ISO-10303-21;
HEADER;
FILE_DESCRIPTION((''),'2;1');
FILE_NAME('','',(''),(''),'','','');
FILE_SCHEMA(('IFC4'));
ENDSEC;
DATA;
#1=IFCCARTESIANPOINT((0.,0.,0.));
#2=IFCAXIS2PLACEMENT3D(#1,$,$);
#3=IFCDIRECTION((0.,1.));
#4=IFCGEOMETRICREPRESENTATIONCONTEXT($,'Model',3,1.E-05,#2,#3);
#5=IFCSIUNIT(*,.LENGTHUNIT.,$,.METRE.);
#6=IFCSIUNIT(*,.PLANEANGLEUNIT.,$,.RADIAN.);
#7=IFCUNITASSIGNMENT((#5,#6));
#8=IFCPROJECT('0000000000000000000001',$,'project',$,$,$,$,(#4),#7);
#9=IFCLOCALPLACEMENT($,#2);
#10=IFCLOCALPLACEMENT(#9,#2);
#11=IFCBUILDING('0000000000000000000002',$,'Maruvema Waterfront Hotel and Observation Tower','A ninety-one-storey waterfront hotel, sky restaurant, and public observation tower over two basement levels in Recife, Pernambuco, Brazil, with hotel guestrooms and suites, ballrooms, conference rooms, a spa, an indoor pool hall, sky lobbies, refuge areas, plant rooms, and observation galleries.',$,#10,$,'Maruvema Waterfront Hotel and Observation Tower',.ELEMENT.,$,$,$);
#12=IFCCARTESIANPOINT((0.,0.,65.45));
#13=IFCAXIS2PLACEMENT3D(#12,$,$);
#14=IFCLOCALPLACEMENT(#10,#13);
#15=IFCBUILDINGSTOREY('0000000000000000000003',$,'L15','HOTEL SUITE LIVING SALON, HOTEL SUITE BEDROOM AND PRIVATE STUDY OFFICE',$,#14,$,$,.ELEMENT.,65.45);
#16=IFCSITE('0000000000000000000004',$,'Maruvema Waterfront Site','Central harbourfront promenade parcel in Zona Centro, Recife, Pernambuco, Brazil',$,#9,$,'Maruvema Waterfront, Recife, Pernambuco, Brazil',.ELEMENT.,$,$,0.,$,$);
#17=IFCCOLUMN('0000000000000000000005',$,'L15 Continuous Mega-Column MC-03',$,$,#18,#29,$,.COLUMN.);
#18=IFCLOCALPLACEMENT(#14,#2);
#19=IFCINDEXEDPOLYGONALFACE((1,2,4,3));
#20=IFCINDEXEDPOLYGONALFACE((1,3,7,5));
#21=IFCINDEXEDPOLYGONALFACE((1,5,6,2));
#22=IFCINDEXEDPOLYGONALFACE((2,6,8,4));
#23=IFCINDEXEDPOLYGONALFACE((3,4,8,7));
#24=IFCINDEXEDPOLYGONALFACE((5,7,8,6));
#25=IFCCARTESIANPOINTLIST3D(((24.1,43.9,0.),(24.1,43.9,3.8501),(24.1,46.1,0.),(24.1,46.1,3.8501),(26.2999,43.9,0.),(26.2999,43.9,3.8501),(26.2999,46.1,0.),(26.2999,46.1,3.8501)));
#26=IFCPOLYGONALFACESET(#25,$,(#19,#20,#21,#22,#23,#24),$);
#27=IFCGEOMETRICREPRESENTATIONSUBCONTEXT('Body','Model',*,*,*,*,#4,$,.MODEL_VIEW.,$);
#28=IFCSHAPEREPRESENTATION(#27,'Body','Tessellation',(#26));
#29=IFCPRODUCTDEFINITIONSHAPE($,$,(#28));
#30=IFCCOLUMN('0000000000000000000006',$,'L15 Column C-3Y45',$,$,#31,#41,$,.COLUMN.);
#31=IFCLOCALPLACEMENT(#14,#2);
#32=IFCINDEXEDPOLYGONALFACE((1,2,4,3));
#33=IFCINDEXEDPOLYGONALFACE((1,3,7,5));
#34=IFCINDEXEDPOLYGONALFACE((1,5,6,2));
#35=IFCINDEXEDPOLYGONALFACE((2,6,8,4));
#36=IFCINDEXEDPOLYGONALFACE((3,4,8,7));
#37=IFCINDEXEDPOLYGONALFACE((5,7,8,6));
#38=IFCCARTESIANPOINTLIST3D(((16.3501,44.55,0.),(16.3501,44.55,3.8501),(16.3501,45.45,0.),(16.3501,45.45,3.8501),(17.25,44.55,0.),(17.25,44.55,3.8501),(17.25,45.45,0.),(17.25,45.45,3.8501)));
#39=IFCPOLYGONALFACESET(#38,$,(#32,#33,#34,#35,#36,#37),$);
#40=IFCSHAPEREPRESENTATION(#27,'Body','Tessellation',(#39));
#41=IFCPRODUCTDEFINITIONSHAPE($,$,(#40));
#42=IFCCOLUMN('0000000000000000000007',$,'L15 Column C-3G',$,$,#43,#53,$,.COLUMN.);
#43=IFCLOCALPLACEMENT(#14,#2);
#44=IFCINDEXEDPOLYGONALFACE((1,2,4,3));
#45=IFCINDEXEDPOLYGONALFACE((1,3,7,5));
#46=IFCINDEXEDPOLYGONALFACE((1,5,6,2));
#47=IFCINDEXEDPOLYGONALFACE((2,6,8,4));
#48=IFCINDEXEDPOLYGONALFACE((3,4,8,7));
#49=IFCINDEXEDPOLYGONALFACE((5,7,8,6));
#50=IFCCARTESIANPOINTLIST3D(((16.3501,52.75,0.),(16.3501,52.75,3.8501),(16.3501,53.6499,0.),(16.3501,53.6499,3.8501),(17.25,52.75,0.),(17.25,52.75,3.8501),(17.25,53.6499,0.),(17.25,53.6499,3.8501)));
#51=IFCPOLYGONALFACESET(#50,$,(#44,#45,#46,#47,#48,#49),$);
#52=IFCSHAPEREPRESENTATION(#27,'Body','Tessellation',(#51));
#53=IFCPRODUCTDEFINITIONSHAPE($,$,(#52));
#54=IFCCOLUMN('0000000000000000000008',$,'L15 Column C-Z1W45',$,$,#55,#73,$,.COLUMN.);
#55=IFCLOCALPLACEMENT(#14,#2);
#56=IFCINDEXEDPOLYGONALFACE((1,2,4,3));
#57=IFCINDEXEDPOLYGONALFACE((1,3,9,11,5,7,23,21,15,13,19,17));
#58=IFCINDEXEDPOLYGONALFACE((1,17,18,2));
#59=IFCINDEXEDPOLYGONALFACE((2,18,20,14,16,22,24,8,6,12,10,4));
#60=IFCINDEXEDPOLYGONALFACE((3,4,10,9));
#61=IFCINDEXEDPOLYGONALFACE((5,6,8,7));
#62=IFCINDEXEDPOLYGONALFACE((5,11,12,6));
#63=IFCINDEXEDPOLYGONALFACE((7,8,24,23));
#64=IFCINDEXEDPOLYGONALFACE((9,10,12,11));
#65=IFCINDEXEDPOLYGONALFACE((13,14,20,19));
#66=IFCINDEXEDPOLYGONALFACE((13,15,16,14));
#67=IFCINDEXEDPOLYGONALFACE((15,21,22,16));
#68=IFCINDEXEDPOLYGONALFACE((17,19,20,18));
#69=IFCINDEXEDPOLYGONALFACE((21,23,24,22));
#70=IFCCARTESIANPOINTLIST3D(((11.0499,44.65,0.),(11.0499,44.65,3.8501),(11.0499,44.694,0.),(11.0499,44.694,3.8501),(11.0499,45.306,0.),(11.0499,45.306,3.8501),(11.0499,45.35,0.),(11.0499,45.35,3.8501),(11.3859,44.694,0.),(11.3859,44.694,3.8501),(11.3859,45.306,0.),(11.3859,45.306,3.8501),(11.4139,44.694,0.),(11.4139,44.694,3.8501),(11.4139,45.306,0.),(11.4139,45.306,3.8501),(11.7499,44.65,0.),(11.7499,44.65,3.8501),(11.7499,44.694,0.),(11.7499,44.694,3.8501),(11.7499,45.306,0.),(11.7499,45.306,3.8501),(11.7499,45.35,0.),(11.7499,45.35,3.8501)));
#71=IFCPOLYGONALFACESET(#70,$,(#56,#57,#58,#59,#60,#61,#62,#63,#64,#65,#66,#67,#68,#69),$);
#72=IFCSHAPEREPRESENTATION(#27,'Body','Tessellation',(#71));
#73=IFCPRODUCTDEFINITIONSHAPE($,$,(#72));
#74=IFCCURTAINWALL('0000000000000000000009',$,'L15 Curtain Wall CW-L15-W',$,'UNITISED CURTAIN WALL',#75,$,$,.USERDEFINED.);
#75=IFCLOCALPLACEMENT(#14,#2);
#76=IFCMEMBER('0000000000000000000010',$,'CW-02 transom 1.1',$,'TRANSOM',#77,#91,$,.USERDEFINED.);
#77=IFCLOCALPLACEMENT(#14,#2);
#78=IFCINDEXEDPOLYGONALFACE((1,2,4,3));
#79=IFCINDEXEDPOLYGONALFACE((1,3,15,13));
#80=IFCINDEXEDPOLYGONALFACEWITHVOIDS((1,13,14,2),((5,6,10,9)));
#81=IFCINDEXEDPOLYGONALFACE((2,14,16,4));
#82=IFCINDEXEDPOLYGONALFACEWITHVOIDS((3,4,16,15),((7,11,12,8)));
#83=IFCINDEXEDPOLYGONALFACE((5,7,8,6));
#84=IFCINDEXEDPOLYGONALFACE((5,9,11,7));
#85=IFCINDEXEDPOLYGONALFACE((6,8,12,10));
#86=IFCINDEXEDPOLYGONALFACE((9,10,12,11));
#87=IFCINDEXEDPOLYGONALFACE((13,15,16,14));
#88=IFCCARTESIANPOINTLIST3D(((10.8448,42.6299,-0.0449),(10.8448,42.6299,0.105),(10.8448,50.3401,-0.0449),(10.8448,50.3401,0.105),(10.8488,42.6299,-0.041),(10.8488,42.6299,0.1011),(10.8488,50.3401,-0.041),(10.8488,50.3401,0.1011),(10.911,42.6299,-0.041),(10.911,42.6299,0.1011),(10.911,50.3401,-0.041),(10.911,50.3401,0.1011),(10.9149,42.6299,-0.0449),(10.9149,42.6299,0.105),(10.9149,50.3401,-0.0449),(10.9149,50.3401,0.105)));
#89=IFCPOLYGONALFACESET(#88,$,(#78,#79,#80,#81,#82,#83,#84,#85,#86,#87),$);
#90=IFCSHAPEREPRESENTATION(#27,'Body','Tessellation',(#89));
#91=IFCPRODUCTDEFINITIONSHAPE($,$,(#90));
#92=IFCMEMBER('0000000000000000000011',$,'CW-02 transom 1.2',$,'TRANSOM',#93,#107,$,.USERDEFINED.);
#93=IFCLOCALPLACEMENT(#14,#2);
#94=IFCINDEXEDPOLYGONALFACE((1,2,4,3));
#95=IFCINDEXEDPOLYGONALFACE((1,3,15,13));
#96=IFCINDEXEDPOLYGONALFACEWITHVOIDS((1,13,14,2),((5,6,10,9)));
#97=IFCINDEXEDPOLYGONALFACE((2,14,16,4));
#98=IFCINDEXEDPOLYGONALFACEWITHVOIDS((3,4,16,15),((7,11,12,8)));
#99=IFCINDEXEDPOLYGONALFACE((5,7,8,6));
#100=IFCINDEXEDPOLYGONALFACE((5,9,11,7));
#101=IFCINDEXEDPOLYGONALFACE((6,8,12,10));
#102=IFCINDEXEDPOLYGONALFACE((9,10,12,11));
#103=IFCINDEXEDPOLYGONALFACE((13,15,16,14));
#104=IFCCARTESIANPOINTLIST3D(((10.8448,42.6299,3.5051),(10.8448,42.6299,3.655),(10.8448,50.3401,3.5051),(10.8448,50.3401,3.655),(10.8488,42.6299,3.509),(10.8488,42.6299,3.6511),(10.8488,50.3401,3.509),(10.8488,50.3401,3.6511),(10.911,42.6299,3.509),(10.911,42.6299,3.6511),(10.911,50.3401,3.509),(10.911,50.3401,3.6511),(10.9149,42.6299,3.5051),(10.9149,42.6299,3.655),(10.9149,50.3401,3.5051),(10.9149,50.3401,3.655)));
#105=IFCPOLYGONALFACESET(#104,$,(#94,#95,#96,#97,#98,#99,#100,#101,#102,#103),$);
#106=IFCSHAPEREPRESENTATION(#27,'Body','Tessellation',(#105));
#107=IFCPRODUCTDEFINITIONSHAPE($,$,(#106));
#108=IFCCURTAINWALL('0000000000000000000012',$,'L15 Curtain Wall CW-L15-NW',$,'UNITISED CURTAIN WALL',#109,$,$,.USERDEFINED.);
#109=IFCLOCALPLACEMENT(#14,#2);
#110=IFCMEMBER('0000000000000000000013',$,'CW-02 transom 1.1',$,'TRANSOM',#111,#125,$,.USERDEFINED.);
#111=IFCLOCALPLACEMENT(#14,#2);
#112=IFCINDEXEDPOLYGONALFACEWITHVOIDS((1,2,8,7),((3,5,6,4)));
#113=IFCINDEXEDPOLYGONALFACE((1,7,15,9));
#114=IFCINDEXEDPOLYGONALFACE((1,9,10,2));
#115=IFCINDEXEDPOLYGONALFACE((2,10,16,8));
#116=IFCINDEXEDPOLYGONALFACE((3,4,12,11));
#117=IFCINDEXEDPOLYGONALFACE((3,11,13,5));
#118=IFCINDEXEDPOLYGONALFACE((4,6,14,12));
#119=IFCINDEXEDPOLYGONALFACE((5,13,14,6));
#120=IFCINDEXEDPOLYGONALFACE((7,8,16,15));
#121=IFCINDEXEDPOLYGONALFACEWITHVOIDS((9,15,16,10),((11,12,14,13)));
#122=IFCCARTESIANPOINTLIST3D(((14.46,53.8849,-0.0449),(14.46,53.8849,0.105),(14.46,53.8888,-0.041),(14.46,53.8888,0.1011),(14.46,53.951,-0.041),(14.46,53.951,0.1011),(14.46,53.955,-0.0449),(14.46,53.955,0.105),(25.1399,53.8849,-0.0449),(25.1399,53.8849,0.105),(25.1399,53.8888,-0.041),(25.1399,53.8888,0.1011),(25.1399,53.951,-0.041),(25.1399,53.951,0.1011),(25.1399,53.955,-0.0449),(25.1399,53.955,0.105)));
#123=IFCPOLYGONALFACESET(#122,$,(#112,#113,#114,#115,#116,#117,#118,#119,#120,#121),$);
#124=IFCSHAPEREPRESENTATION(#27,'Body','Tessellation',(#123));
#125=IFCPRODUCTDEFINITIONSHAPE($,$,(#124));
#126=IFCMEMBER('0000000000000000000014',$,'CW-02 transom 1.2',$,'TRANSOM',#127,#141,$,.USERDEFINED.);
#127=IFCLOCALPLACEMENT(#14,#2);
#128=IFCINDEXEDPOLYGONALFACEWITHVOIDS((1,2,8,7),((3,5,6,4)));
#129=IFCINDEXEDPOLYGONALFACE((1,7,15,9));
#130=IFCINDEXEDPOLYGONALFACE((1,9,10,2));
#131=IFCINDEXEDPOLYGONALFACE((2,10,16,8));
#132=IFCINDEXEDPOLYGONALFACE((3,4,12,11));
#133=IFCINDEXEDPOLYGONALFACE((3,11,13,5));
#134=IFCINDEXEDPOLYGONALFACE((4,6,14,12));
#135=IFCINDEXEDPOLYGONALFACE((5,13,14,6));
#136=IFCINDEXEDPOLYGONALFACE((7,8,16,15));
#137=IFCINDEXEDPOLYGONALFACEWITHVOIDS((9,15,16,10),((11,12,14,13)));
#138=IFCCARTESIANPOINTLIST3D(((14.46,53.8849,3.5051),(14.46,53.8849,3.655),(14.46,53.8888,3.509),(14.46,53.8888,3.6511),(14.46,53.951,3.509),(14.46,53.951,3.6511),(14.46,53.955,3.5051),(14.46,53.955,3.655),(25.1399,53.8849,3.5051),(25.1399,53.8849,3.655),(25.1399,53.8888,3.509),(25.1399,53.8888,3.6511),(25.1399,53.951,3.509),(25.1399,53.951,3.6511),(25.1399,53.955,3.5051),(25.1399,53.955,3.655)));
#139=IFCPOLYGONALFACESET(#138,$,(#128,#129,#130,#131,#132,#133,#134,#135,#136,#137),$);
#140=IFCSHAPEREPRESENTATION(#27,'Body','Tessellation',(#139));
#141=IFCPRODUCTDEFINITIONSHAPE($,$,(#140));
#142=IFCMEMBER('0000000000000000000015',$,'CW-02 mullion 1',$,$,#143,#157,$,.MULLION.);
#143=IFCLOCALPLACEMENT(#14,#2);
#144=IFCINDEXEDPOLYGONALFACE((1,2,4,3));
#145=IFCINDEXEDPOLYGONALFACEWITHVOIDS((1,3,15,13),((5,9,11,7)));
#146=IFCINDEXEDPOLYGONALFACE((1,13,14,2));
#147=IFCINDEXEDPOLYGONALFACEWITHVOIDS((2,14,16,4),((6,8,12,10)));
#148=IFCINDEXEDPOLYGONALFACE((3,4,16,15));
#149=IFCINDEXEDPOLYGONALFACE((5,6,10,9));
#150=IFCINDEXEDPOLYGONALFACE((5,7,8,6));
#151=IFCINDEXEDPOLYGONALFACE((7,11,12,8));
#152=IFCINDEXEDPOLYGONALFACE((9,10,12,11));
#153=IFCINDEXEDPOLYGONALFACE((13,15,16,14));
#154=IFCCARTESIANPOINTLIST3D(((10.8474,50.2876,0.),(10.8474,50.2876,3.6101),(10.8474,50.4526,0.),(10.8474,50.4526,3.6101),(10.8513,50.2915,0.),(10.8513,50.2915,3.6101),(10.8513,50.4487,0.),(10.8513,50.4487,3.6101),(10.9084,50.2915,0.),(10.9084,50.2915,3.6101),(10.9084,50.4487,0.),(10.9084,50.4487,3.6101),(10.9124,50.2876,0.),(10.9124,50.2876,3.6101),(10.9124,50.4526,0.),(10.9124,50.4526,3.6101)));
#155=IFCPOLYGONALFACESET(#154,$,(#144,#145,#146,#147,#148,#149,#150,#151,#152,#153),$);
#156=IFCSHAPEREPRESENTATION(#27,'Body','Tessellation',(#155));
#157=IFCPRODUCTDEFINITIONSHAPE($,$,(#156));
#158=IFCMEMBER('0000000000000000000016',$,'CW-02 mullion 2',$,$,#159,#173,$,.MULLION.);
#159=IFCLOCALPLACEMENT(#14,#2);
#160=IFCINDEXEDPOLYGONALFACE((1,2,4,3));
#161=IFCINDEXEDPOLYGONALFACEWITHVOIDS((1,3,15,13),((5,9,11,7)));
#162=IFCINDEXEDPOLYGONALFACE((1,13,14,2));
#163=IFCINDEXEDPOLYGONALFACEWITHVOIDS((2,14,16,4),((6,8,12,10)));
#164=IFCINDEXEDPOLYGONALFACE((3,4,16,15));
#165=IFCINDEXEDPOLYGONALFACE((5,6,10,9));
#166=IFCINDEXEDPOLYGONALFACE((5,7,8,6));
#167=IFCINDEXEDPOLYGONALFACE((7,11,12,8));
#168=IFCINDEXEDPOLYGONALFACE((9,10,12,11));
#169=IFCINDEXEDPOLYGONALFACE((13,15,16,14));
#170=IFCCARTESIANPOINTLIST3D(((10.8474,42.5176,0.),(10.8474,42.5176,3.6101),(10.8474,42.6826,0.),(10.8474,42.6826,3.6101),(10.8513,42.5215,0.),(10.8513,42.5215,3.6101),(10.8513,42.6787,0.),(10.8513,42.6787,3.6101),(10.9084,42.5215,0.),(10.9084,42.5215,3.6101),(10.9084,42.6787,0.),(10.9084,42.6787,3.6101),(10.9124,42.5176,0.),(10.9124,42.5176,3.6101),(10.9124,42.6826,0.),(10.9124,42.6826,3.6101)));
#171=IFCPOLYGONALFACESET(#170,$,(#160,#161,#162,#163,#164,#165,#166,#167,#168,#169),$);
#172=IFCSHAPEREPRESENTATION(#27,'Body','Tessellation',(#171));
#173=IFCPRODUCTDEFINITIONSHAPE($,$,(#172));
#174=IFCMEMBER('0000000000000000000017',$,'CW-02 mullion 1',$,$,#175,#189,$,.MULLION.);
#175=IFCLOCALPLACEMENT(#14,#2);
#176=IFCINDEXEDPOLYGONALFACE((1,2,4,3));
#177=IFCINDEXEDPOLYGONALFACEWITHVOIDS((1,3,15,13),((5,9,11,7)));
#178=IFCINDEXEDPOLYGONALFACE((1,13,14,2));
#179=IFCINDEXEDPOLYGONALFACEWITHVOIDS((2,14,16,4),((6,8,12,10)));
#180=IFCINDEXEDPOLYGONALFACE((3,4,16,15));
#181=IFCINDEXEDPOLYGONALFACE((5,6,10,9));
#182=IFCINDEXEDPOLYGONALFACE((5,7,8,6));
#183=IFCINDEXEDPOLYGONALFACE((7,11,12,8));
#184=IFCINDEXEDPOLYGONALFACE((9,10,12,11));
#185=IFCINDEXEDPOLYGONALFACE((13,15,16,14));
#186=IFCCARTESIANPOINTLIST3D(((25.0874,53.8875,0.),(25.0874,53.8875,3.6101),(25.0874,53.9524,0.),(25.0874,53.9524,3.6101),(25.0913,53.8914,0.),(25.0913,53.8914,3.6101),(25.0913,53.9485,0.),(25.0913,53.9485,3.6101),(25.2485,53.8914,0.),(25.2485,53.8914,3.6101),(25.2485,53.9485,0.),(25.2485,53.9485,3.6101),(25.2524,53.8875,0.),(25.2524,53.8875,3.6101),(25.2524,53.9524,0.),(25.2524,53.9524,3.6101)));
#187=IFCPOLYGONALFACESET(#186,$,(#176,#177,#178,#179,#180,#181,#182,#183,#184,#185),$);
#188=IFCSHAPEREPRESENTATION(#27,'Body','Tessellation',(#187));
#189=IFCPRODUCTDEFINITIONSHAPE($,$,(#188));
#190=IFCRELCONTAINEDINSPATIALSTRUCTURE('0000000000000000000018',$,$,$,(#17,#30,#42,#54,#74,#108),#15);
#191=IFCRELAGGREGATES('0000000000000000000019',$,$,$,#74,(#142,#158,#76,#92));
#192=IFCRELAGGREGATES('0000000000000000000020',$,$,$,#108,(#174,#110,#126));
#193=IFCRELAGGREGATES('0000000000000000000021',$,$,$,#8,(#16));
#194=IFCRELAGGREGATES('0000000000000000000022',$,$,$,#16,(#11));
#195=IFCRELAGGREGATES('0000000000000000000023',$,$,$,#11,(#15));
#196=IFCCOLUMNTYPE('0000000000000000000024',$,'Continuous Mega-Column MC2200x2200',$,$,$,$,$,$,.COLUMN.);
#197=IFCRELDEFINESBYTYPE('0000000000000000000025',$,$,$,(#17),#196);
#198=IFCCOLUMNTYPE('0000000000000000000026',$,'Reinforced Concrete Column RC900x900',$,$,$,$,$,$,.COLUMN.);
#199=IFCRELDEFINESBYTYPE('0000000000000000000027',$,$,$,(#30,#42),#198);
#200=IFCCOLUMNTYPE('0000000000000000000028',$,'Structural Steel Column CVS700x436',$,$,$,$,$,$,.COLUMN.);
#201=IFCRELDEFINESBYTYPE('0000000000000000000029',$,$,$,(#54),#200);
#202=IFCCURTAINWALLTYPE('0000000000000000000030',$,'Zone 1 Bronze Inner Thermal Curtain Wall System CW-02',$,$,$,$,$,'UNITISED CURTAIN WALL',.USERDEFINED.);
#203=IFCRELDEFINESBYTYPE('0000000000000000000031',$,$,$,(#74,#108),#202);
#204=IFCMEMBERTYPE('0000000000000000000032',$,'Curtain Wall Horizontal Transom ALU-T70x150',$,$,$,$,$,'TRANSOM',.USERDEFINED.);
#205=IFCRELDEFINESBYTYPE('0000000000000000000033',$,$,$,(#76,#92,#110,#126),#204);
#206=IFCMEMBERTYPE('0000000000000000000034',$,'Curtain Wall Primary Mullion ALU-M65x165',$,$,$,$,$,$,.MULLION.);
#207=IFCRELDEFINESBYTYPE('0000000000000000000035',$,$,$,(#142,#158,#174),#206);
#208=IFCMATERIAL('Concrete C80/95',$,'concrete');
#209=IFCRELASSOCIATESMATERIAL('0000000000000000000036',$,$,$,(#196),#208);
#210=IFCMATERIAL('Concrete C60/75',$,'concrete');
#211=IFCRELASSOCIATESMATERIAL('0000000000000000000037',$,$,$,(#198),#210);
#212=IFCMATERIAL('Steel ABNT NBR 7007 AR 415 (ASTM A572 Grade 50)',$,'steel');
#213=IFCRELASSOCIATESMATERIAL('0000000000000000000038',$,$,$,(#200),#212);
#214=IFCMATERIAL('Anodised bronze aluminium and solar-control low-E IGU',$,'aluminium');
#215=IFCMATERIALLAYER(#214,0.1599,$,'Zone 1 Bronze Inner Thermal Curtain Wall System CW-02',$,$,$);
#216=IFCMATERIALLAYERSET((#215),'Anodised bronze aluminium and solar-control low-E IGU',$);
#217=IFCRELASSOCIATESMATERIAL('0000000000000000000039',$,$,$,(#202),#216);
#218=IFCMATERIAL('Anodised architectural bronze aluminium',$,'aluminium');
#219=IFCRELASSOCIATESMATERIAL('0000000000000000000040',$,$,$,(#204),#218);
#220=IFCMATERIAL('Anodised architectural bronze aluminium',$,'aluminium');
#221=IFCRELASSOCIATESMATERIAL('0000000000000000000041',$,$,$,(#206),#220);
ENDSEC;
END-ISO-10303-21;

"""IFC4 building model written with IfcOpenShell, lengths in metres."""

from ifc_helpers import new_model, si_unit, direction, frame, origin, origin_2d, place, context, subcontext, project, spatial, rectangle, hollow_rectangle, i_section, extrude, material, layer, layer_set, material_profile, profile_set, type_object, element, aggregate, save


model = new_model("IFC4")

# Units and contexts
model_context = context("Model", 3, precision=1e-05, world=origin(), true_north=direction((0.0, 1.0)))
body_context = subcontext(model_context, "Body", "Model", "MODEL_VIEW")
ifc_project = project(units=[si_unit("LENGTHUNIT", "METRE"), si_unit("PLANEANGLEUNIT", "RADIAN")], contexts=[model_context])

# Site, building, storey
site_placement = place(None, origin())
site = spatial("IfcSite", under=ifc_project, at=site_placement, Name="Maruvema Waterfront Site", Description="Central harbourfront promenade parcel in Zona Centro, Recife, Pernambuco, Brazil", LongName="Maruvema Waterfront, Recife, Pernambuco, Brazil", CompositionType="ELEMENT", RefElevation=0.0)
building_placement = place(site_placement, origin())
building = spatial("IfcBuilding", under=site, at=building_placement, Name="Maruvema Waterfront Hotel and Observation Tower", Description="A ninety-one-storey waterfront hotel, sky restaurant, and public observation tower over two basement levels in Recife, Pernambuco, Brazil, with hotel guestrooms and suites, ballrooms, conference rooms, a spa, an indoor pool hall, sky lobbies, refuge areas, plant rooms, and observation galleries.", LongName="Maruvema Waterfront Hotel and Observation Tower", CompositionType="ELEMENT")
storey_placement = place(building_placement, frame((0.0, 0.0, 65.45)))
storey = spatial("IfcBuildingStorey", under=building, at=storey_placement, Name="L15", Description="HOTEL SUITE LIVING SALON, HOTEL SUITE BEDROOM AND PRIVATE STUDY OFFICE", CompositionType="ELEMENT", Elevation=65.45)

# Columns
ifc_material_1 = material(Name="Concrete C80/95", Category="concrete")
ifc_material_profile_1 = material_profile(ifc_material_1, rectangle(XDim=2.2, YDim=2.2, at=origin_2d()), Name="MC2200x2200")
ifc_profile_set_1 = profile_set([ifc_material_profile_1], Name="Concrete C80/95")
column_type_1 = type_object("IfcColumnType", Name="Continuous Mega-Column MC2200x2200", PredefinedType="COLUMN", material=ifc_profile_set_1)
column_1_placement = place(storey_placement, frame((25.2, 45.0, 0.0), z_axis=(0.0, 0.0, 1.0), x_axis=(1.0, 0.0, 0.0)))
element("IfcColumn", 1, at=column_1_placement, inside=storey, type_object=column_type_1, Name="L15 Continuous Mega-Column MC-03", PredefinedType="COLUMN", context=body_context, shape_type="SweptSolid", body=[
    extrude(rectangle(XDim=2.2, YDim=2.2, at=origin_2d()), origin(), (0.0, 0.0, 1.0), 3.8501),
])
ifc_material_2 = material(Name="Concrete C60/75", Category="concrete")
ifc_material_profile_2 = material_profile(ifc_material_2, rectangle(XDim=0.8999, YDim=0.8999, at=origin_2d()), Name="RC900x900")
ifc_profile_set_2 = profile_set([ifc_material_profile_2], Name="Concrete C60/75")
column_type_2 = type_object("IfcColumnType", Name="Reinforced Concrete Column RC900x900", PredefinedType="COLUMN", material=ifc_profile_set_2)
for number, where, z_axis, x_axis, name in (
    (2, (16.8, 45.0, 0.0), (0.0, 0.0, 1.0), (1.0, 0.0, 0.0), "L15 Column C-3Y45"),
    (3, (16.8, 53.2, 0.0), (0.0, 0.0, 1.0), (1.0, 0.0, 0.0), "L15 Column C-3G"),
):
    element("IfcColumn", number, at=place(storey_placement, frame(where, z_axis=z_axis, x_axis=x_axis)), inside=storey, type_object=column_type_2, Name=name, PredefinedType="COLUMN", context=body_context, shape_type="SweptSolid", body=[
        extrude(rectangle(XDim=0.8999, YDim=0.8999, at=origin_2d()), origin(), (0.0, 0.0, 1.0), 3.8501),
    ])
ifc_material_3 = material(Name="Steel ABNT NBR 7007 AR 415 (ASTM A572 Grade 50)", Category="steel")
ifc_material_profile_3 = material_profile(ifc_material_3, i_section(OverallWidth=0.7, OverallDepth=0.7, WebThickness=0.0281, FlangeThickness=0.0439, at=origin_2d()), Name="CVS700x436")
ifc_profile_set_3 = profile_set([ifc_material_profile_3], Name="Steel ABNT NBR 7007 AR 415 (ASTM A572 Grade 50)")
column_type_3 = type_object("IfcColumnType", Name="Structural Steel Column CVS700x436", PredefinedType="COLUMN", material=ifc_profile_set_3)
column_2_placement = place(storey_placement, frame((11.3999, 45.0, 0.0), z_axis=(0.0, 0.0, 1.0), x_axis=(1.0, 0.0, 0.0)))
element("IfcColumn", 4, at=column_2_placement, inside=storey, type_object=column_type_3, Name="L15 Column C-Z1W45", PredefinedType="COLUMN", context=body_context, shape_type="SweptSolid", body=[
    extrude(i_section(OverallWidth=0.7, OverallDepth=0.7, WebThickness=0.0281, FlangeThickness=0.0439, at=origin_2d()), origin(), (0.0, 0.0, 1.0), 3.8501),
])

# Curtain walls, members
ifc_material_4 = material(Name="Anodised bronze aluminium and solar-control low-E IGU", Category="aluminium")
ifc_layer_1 = layer(ifc_material_4, 0.1599, Name="Zone 1 Bronze Inner Thermal Curtain Wall System CW-02")
ifc_layer_set_1 = layer_set([ifc_layer_1], Name="Anodised bronze aluminium and solar-control low-E IGU")
curtain_wall_type = type_object("IfcCurtainWallType", Name="Zone 1 Bronze Inner Thermal Curtain Wall System CW-02", ElementType="UNITISED CURTAIN WALL", PredefinedType="USERDEFINED", material=ifc_layer_set_1)
curtain_wall_1_placement = place(storey_placement, origin())
curtain_wall_1 = element("IfcCurtainWall", 5, at=curtain_wall_1_placement, inside=storey, type_object=curtain_wall_type, Name="L15 Curtain Wall CW-L15-W", ObjectType="UNITISED CURTAIN WALL", PredefinedType="USERDEFINED")
ifc_material_5 = material(Name="Anodised architectural bronze aluminium", Category="aluminium")
ifc_material_profile_4 = material_profile(ifc_material_5, hollow_rectangle(XDim=0.0701, YDim=0.1499, WallThickness=0.0039, at=origin_2d()), Name="ALU-T70x150")
ifc_profile_set_4 = profile_set([ifc_material_profile_4], Name="Anodised architectural bronze aluminium")
member_type_1 = type_object("IfcMemberType", Name="Curtain Wall Horizontal Transom ALU-T70x150", ElementType="TRANSOM", PredefinedType="USERDEFINED", material=ifc_profile_set_4)
member_1_placement = place(storey_placement, frame((10.8799, 50.3401, 0.03), z_axis=(0.0, -1.0, 0.0), x_axis=(1.0, 0.0, 0.0)))
member_1 = element("IfcMember", 6, at=member_1_placement, type_object=member_type_1, Name="CW-02 transom 1.1", ObjectType="TRANSOM", PredefinedType="USERDEFINED", context=body_context, shape_type="SweptSolid", body=[
    extrude(hollow_rectangle(XDim=0.0701, YDim=0.1499, WallThickness=0.0039, at=origin_2d()), origin(), (0.0, 0.0, 1.0), 7.7102),
])
member_2_placement = place(storey_placement, frame((10.8799, 50.3401, 3.5801), z_axis=(0.0, -1.0, 0.0), x_axis=(1.0, 0.0, 0.0)))
member_2 = element("IfcMember", 7, at=member_2_placement, type_object=member_type_1, Name="CW-02 transom 1.2", ObjectType="TRANSOM", PredefinedType="USERDEFINED", context=body_context, shape_type="SweptSolid", body=[
    extrude(hollow_rectangle(XDim=0.0701, YDim=0.1499, WallThickness=0.0039, at=origin_2d()), origin(), (0.0, 0.0, 1.0), 7.7102),
])
curtain_wall_2_placement = place(storey_placement, origin())
curtain_wall_2 = element("IfcCurtainWall", 8, at=curtain_wall_2_placement, inside=storey, type_object=curtain_wall_type, Name="L15 Curtain Wall CW-L15-NW", ObjectType="UNITISED CURTAIN WALL", PredefinedType="USERDEFINED")
member_3_placement = place(storey_placement, frame((25.1399, 53.9199, 0.03), z_axis=(-1.0, 0.0, 0.0), x_axis=(0.0, -1.0, 0.0)))
member_3 = element("IfcMember", 9, at=member_3_placement, type_object=member_type_1, Name="CW-02 transom 1.1", ObjectType="TRANSOM", PredefinedType="USERDEFINED", context=body_context, shape_type="SweptSolid", body=[
    extrude(hollow_rectangle(XDim=0.0701, YDim=0.1499, WallThickness=0.0039, at=origin_2d()), origin(), (0.0, 0.0, 1.0), 10.6799),
])
member_4_placement = place(storey_placement, frame((25.1399, 53.9199, 3.5801), z_axis=(-1.0, 0.0, 0.0), x_axis=(0.0, -1.0, 0.0)))
member_4 = element("IfcMember", 10, at=member_4_placement, type_object=member_type_1, Name="CW-02 transom 1.2", ObjectType="TRANSOM", PredefinedType="USERDEFINED", context=body_context, shape_type="SweptSolid", body=[
    extrude(hollow_rectangle(XDim=0.0701, YDim=0.1499, WallThickness=0.0039, at=origin_2d()), origin(), (0.0, 0.0, 1.0), 10.6799),
])

# Members
ifc_material_6 = material(Name="Anodised architectural bronze aluminium", Category="aluminium")
ifc_material_profile_5 = material_profile(ifc_material_6, hollow_rectangle(XDim=0.0649, YDim=0.165, WallThickness=0.0039, at=origin_2d()), Name="ALU-M65x165")
ifc_profile_set_5 = profile_set([ifc_material_profile_5], Name="Anodised architectural bronze aluminium")
member_type_2 = type_object("IfcMemberType", Name="Curtain Wall Primary Mullion ALU-M65x165", PredefinedType="MULLION", material=ifc_profile_set_5)
member_5_placement = place(storey_placement, frame((10.8799, 50.3701, 0.0), z_axis=(0.0, 0.0, 1.0), x_axis=(1.0, 0.0, 0.0)))
member_5 = element("IfcMember", 11, at=member_5_placement, type_object=member_type_2, Name="CW-02 mullion 1", PredefinedType="MULLION", context=body_context, shape_type="SweptSolid", body=[
    extrude(hollow_rectangle(XDim=0.0649, YDim=0.165, WallThickness=0.0039, at=origin_2d()), origin(), (0.0, 0.0, 1.0), 3.6101),
])
member_6_placement = place(storey_placement, frame((10.8799, 42.6001, 0.0), z_axis=(0.0, 0.0, 1.0), x_axis=(1.0, 0.0, 0.0)))
member_6 = element("IfcMember", 12, at=member_6_placement, type_object=member_type_2, Name="CW-02 mullion 2", PredefinedType="MULLION", context=body_context, shape_type="SweptSolid", body=[
    extrude(hollow_rectangle(XDim=0.0649, YDim=0.165, WallThickness=0.0039, at=origin_2d()), origin(), (0.0, 0.0, 1.0), 3.6101),
])
member_7_placement = place(storey_placement, frame((25.1699, 53.9199, 0.0), z_axis=(0.0, 0.0, 1.0), x_axis=(0.0, -1.0, 0.0)))
member_7 = element("IfcMember", 13, at=member_7_placement, type_object=member_type_2, Name="CW-02 mullion 1", PredefinedType="MULLION", context=body_context, shape_type="SweptSolid", body=[
    extrude(hollow_rectangle(XDim=0.0649, YDim=0.165, WallThickness=0.0039, at=origin_2d()), origin(), (0.0, 0.0, 1.0), 3.6101),
])

aggregate(curtain_wall_1, [member_5, member_6, member_1, member_2])
aggregate(curtain_wall_2, [member_7, member_3, member_4])

save(model, "model.ifc")
